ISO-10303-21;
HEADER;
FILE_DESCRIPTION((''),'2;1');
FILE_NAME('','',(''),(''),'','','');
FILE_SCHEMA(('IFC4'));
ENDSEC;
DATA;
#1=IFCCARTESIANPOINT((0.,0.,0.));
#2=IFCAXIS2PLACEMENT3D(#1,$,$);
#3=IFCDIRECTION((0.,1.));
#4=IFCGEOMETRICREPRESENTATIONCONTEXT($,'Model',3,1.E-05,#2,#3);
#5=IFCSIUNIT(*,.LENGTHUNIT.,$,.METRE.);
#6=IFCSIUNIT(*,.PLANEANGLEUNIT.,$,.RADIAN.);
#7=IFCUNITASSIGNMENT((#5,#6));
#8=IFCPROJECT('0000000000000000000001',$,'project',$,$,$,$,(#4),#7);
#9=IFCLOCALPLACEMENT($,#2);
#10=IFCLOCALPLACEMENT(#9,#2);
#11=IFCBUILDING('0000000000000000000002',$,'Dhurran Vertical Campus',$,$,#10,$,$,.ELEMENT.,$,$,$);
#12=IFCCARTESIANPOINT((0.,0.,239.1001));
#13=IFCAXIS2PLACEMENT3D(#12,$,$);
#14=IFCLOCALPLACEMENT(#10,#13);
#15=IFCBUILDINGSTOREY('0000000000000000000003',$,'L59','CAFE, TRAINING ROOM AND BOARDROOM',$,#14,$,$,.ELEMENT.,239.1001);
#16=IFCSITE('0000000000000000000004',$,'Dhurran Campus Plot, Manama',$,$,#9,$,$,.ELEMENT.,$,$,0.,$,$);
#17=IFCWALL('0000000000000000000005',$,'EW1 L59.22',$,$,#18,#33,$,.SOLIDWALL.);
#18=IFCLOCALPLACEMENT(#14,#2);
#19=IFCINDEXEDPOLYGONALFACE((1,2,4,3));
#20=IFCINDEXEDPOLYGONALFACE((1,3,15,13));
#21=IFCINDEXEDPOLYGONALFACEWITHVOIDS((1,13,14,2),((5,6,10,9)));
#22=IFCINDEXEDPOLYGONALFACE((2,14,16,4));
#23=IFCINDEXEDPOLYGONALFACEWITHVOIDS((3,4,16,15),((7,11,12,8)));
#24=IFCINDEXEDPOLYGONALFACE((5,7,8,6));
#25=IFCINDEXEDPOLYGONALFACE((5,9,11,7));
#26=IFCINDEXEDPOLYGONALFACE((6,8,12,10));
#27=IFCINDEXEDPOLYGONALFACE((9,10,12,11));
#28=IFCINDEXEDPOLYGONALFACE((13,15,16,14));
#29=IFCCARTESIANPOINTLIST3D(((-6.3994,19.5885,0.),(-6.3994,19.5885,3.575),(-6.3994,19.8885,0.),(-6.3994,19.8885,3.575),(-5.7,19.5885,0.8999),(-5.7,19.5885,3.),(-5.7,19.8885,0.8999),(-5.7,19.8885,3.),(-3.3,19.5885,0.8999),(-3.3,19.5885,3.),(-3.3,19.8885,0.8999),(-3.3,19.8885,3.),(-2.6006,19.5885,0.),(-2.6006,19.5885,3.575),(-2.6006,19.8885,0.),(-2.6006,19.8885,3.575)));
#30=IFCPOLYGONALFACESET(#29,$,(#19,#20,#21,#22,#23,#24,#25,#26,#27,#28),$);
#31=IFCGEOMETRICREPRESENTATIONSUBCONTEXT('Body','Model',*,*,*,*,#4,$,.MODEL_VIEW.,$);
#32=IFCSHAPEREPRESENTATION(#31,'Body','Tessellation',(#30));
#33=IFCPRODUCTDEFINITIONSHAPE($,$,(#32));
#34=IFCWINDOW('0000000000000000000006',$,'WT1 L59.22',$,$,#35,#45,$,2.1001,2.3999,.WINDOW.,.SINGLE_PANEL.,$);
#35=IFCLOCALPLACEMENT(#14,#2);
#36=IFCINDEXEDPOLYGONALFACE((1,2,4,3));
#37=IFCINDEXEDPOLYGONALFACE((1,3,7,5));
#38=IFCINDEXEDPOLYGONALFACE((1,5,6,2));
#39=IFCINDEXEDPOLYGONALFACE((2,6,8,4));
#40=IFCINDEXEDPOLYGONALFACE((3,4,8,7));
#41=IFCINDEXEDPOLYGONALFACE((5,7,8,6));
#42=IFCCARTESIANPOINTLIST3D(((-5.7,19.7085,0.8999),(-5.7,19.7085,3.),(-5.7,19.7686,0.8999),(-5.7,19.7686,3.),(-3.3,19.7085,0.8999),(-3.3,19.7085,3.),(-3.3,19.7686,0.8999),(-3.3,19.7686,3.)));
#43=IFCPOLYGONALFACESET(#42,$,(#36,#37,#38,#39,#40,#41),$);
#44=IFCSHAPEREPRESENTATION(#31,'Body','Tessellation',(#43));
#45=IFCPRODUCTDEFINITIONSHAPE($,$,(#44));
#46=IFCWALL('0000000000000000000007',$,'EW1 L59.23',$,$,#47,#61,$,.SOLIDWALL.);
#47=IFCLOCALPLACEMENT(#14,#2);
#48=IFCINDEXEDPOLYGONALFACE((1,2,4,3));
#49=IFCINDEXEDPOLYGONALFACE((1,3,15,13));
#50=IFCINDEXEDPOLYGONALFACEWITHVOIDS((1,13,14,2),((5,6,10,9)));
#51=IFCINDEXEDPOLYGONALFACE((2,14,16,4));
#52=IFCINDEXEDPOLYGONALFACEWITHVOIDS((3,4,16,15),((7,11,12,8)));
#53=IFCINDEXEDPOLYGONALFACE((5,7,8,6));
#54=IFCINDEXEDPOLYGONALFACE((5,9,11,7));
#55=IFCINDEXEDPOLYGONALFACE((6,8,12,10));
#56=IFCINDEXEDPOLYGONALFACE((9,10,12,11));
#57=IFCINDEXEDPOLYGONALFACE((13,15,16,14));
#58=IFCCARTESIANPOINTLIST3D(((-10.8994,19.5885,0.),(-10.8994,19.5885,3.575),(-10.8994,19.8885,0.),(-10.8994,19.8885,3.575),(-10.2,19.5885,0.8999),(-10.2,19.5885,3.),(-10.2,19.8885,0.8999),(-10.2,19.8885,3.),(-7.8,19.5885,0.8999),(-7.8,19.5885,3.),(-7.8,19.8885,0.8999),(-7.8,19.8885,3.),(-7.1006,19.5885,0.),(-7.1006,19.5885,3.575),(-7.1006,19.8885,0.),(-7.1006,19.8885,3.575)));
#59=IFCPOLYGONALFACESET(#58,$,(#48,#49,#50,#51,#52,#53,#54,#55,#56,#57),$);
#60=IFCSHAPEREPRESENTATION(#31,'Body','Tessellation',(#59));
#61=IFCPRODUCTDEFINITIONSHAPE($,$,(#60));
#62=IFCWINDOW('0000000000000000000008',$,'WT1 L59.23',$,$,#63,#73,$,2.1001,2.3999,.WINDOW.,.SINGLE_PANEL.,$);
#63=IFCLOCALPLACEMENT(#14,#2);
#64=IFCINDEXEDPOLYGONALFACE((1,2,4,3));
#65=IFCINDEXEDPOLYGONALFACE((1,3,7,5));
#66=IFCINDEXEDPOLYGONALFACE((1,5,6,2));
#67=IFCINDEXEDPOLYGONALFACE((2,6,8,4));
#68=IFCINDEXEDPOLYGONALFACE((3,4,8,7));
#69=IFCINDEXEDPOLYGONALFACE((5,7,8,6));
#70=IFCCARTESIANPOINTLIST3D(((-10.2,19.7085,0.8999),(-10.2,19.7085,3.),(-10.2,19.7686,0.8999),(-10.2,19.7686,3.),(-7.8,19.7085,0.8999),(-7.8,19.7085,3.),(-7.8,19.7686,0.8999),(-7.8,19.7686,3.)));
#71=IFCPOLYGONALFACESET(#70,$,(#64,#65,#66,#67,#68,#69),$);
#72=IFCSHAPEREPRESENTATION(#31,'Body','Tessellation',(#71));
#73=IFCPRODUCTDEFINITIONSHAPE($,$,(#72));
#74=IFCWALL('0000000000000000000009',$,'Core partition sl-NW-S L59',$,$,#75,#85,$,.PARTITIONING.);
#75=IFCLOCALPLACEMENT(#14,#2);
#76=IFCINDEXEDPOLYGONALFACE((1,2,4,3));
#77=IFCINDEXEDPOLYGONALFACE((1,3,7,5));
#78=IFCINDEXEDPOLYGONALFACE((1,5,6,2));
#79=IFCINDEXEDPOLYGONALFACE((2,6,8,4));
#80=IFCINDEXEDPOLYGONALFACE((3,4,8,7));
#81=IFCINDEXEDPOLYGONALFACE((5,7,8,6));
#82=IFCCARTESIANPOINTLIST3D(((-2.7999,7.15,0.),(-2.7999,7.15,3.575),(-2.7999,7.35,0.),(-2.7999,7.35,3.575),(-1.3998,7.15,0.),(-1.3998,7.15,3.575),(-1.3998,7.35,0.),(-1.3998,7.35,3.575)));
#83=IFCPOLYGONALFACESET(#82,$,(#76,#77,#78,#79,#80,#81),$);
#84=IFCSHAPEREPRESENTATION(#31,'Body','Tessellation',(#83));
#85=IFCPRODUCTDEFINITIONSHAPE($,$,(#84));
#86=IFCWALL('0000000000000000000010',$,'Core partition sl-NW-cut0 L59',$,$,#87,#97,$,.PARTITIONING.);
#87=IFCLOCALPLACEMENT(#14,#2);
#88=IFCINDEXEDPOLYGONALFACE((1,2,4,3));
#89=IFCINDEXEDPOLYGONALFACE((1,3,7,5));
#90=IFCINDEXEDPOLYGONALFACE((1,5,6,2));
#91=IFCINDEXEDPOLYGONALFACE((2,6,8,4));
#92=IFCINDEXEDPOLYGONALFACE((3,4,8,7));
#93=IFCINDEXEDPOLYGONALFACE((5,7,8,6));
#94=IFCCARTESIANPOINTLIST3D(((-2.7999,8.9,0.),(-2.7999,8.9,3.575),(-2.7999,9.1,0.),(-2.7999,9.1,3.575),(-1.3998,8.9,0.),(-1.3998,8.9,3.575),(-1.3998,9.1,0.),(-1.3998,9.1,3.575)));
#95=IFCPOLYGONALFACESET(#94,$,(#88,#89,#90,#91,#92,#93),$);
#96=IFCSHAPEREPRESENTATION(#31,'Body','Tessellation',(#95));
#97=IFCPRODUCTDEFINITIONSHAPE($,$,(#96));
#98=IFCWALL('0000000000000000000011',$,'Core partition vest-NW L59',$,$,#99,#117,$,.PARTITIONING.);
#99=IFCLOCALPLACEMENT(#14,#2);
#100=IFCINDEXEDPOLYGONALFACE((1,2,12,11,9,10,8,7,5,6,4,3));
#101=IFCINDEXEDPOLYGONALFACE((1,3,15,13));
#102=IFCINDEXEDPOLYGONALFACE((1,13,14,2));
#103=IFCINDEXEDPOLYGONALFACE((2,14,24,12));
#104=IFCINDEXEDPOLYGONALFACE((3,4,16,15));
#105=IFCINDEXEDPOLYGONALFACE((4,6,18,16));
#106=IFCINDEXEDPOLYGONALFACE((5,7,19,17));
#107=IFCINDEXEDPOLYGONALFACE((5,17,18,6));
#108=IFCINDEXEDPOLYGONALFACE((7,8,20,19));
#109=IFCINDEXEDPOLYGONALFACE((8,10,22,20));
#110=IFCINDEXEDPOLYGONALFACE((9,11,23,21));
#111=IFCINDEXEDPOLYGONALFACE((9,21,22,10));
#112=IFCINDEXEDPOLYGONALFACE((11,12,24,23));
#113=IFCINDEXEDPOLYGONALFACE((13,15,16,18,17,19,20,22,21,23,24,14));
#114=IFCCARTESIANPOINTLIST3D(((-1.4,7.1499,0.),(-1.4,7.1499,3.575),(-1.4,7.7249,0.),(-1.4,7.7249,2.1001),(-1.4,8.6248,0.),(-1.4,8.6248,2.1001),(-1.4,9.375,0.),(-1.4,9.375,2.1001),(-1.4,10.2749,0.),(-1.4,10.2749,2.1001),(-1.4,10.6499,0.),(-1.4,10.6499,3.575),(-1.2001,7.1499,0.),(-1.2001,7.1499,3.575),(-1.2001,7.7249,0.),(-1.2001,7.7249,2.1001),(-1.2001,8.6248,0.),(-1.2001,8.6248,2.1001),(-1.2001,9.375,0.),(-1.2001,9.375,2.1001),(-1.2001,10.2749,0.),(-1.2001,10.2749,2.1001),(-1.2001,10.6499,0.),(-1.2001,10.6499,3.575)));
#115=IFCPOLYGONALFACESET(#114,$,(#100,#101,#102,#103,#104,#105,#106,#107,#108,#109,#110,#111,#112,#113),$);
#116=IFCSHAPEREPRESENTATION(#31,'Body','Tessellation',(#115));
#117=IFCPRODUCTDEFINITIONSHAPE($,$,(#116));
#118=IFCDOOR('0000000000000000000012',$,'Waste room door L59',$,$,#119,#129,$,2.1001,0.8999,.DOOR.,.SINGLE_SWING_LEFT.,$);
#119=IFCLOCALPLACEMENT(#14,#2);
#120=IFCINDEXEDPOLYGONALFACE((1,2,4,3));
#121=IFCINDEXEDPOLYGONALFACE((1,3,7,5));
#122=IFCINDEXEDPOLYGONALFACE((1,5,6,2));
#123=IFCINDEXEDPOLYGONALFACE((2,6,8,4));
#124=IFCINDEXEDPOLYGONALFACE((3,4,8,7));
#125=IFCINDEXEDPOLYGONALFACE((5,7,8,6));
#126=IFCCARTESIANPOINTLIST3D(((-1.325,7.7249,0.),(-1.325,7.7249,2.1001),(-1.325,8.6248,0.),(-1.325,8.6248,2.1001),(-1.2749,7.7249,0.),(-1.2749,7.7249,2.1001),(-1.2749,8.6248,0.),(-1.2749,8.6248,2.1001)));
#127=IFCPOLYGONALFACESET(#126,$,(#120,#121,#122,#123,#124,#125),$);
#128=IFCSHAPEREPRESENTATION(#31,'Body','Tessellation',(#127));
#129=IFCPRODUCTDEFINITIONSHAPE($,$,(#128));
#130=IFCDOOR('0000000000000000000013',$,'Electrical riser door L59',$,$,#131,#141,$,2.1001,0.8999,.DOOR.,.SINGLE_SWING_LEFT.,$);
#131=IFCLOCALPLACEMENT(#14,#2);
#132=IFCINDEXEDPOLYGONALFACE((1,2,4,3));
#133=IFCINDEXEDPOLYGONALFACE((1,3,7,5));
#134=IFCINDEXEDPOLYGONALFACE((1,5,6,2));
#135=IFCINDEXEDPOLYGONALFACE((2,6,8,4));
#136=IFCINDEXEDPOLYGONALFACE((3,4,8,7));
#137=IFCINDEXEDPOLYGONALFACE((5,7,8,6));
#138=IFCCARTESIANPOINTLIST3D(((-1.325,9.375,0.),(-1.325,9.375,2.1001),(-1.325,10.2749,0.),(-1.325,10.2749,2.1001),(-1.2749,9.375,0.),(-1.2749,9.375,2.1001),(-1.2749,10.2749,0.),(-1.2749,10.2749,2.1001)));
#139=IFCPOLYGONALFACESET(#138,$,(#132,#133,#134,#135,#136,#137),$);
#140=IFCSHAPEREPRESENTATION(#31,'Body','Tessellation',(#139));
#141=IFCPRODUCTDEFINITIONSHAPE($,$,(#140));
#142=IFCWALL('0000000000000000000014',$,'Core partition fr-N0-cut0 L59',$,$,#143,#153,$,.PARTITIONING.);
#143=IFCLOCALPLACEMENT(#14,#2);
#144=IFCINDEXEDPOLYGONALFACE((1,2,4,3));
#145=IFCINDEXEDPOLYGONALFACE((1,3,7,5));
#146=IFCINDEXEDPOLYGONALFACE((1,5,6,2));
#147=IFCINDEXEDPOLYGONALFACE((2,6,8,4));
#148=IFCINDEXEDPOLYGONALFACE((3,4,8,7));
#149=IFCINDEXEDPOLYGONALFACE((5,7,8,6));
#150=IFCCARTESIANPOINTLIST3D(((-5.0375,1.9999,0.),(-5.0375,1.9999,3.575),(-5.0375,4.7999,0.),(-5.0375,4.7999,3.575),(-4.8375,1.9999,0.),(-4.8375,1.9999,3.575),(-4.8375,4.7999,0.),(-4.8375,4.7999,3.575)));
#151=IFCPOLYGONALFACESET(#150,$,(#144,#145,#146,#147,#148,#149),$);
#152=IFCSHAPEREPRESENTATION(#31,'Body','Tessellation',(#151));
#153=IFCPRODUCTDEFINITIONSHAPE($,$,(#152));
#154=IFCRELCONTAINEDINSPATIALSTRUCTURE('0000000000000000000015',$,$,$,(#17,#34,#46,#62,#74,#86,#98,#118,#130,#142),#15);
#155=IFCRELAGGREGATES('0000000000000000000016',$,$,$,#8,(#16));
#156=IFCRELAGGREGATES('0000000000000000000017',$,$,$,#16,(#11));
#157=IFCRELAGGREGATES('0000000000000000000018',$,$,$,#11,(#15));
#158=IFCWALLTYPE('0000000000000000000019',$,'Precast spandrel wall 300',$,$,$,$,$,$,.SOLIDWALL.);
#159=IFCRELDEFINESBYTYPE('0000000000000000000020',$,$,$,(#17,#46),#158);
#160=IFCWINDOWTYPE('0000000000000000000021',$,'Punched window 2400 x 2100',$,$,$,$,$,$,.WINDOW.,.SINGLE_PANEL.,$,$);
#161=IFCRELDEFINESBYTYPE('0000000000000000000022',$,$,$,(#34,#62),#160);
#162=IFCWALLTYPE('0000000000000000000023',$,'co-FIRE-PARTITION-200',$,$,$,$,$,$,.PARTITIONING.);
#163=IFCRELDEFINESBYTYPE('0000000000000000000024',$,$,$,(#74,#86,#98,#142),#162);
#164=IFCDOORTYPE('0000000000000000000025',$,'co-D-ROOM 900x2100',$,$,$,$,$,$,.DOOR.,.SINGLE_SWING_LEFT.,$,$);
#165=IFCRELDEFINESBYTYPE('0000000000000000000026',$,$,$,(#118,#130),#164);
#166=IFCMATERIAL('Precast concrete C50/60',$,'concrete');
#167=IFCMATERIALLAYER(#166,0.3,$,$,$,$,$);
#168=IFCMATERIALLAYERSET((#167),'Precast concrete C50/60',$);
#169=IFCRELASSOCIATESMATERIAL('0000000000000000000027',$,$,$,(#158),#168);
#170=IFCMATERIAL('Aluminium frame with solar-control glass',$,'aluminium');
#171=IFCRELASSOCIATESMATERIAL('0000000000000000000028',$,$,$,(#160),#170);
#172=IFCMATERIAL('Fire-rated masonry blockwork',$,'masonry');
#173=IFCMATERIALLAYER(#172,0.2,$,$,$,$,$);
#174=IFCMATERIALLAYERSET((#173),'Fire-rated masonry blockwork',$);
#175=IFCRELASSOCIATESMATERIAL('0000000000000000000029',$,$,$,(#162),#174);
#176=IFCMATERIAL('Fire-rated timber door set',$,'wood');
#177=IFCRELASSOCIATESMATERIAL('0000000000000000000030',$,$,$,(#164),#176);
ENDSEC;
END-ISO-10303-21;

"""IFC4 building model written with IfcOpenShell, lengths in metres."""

from ifc_helpers import new_model, si_unit, direction, frame, frame_2d, origin, place, context, subcontext, project, spatial, rectangle, extrude, material, layer, layer_set, type_object, element, fill, save


model = new_model("IFC4")

# Units and contexts
model_context = context("Model", 3, precision=1e-05, world=origin(), true_north=direction((0.0, 1.0)))
body_context = subcontext(model_context, "Body", "Model", "MODEL_VIEW")
ifc_project = project(units=[si_unit("LENGTHUNIT", "METRE"), si_unit("PLANEANGLEUNIT", "RADIAN")], contexts=[model_context])

# Site, building, storey
site_placement = place(None, origin())
site = spatial("IfcSite", under=ifc_project, at=site_placement, Name="Dhurran Campus Plot, Manama", CompositionType="ELEMENT", RefElevation=0.0)
building_placement = place(site_placement, origin())
building = spatial("IfcBuilding", under=site, at=building_placement, Name="Dhurran Vertical Campus", CompositionType="ELEMENT")
storey_placement = place(building_placement, frame((0.0, 0.0, 239.1001)))
storey = spatial("IfcBuildingStorey", under=building, at=storey_placement, Name="L59", Description="CAFE, TRAINING ROOM AND BOARDROOM", CompositionType="ELEMENT", Elevation=239.1001)

# Walls, openings, windows
ifc_material_1 = material(Name="Precast concrete C50/60", Category="concrete")
ifc_layer_1 = layer(ifc_material_1, 0.3)
ifc_layer_set_1 = layer_set([ifc_layer_1], Name="Precast concrete C50/60")
wall_type_1 = type_object("IfcWallType", Name="Precast spandrel wall 300", PredefinedType="SOLIDWALL", material=ifc_layer_set_1)
wall_1_placement = place(storey_placement, frame((-2.6006, 19.7385, 0.0), z_axis=(0.0, 0.0, 1.0), x_axis=(-1.0, 0.0, 0.0)))
wall_1 = element("IfcWall", 1, at=wall_1_placement, inside=storey, type_object=wall_type_1, Name="EW1 L59.22", PredefinedType="SOLIDWALL", context=body_context, shape_type="SweptSolid", body=[
    extrude(rectangle(XDim=3.7988, YDim=0.3, at=frame_2d((1.8994, 0.0))), origin(), (0.0, 0.0, 1.0), 3.575),
])
opening_1_placement = place(wall_1_placement, frame((0.6995, 0.0, 0.8999)))
opening_1 = element("IfcOpeningElement", 2, at=opening_1_placement, cuts=wall_1, PredefinedType="OPENING", context=body_context, shape_type="SweptSolid", body=[
    extrude(rectangle(XDim=2.3999, YDim=2.1001, at=frame_2d((1.2, 1.05))), frame((0.0, 0.1599, 0.0), z_axis=(0.0, -1.0, 0.0), x_axis=(1.0, 0.0, 0.0)), (0.0, 0.0, 1.0), 0.3201),
])
ifc_material_2 = material(Name="Aluminium frame with solar-control glass", Category="aluminium")
window_type = type_object("IfcWindowType", Name="Punched window 2400 x 2100", PartitioningType="SINGLE_PANEL", PredefinedType="WINDOW", material=ifc_material_2)
window_1_placement = place(opening_1_placement, origin())
window_1 = element("IfcWindow", 3, at=window_1_placement, inside=storey, type_object=window_type, Name="WT1 L59.22", OverallHeight=2.1001, OverallWidth=2.3999, PartitioningType="SINGLE_PANEL", PredefinedType="WINDOW", context=body_context, shape_type="SweptSolid", body=[
    extrude(rectangle(XDim=2.3999, YDim=2.1001, at=frame_2d((1.2, 1.05))), frame((0.0, 0.03, 0.0), z_axis=(0.0, -1.0, 0.0), x_axis=(1.0, 0.0, 0.0)), (0.0, 0.0, 1.0), 0.0601),
])
fill(opening_1, window_1)
wall_2_placement = place(storey_placement, frame((-7.1006, 19.7385, 0.0), z_axis=(0.0, 0.0, 1.0), x_axis=(-1.0, 0.0, 0.0)))
wall_2 = element("IfcWall", 4, at=wall_2_placement, inside=storey, type_object=wall_type_1, Name="EW1 L59.23", PredefinedType="SOLIDWALL", context=body_context, shape_type="SweptSolid", body=[
    extrude(rectangle(XDim=3.7988, YDim=0.3, at=frame_2d((1.8994, 0.0))), origin(), (0.0, 0.0, 1.0), 3.575),
])
opening_2_placement = place(wall_2_placement, frame((0.6995, 0.0, 0.8999)))
opening_2 = element("IfcOpeningElement", 5, at=opening_2_placement, cuts=wall_2, PredefinedType="OPENING", context=body_context, shape_type="SweptSolid", body=[
    extrude(rectangle(XDim=2.3999, YDim=2.1001, at=frame_2d((1.2, 1.05))), frame((0.0, 0.1599, 0.0), z_axis=(0.0, -1.0, 0.0), x_axis=(1.0, 0.0, 0.0)), (0.0, 0.0, 1.0), 0.3201),
])
window_2_placement = place(opening_2_placement, origin())
window_2 = element("IfcWindow", 6, at=window_2_placement, inside=storey, type_object=window_type, Name="WT1 L59.23", OverallHeight=2.1001, OverallWidth=2.3999, PartitioningType="SINGLE_PANEL", PredefinedType="WINDOW", context=body_context, shape_type="SweptSolid", body=[
    extrude(rectangle(XDim=2.3999, YDim=2.1001, at=frame_2d((1.2, 1.05))), frame((0.0, 0.03, 0.0), z_axis=(0.0, -1.0, 0.0), x_axis=(1.0, 0.0, 0.0)), (0.0, 0.0, 1.0), 0.0601),
])
fill(opening_2, window_2)

# Walls
ifc_material_3 = material(Name="Fire-rated masonry blockwork", Category="masonry")
ifc_layer_2 = layer(ifc_material_3, 0.2)
ifc_layer_set_2 = layer_set([ifc_layer_2], Name="Fire-rated masonry blockwork")
wall_type_2 = type_object("IfcWallType", Name="co-FIRE-PARTITION-200", PredefinedType="PARTITIONING", material=ifc_layer_set_2)
for number, where, z_axis, x_axis, name in (
    (7, (-2.8, 7.25, 0.0), (0.0, 0.0, 1.0), (1.0, 0.0, 0.0), "Core partition sl-NW-S L59"),
    (8, (-2.8, 9.0, 0.0), (0.0, 0.0, 1.0), (1.0, 0.0, 0.0), "Core partition sl-NW-cut0 L59"),
):
    element("IfcWall", number, at=place(storey_placement, frame(where, z_axis=z_axis, x_axis=x_axis)), inside=storey, type_object=wall_type_2, Name=name, PredefinedType="PARTITIONING", context=body_context, shape_type="SweptSolid", body=[
        extrude(rectangle(XDim=1.4001, YDim=0.2, at=frame_2d((0.7002, 0.0))), origin(), (0.0, 0.0, 1.0), 3.575),
    ])

# Wall, openings, doors
wall_3_placement = place(storey_placement, frame((-1.3, 7.1499, 0.0), z_axis=(0.0, 0.0, 1.0), x_axis=(0.0, 1.0, 0.0)))
wall_3 = element("IfcWall", 9, at=wall_3_placement, inside=storey, type_object=wall_type_2, Name="Core partition vest-NW L59", PredefinedType="PARTITIONING", context=body_context, shape_type="SweptSolid", body=[
    extrude(rectangle(XDim=3.5, YDim=0.2, at=frame_2d((1.75, 0.0))), origin(), (0.0, 0.0, 1.0), 3.575),
])
opening_3_placement = place(wall_3_placement, frame((0.575, 0.0, 0.0)))
opening_3 = element("IfcOpeningElement", 10, at=opening_3_placement, cuts=wall_3, PredefinedType="OPENING", context=body_context, shape_type="SweptSolid", body=[
    extrude(rectangle(XDim=0.8999, YDim=2.1001, at=frame_2d((0.45, 1.05))), frame((0.0, 0.1099, 0.0), z_axis=(0.0, -1.0, 0.0), x_axis=(1.0, 0.0, 0.0)), (0.0, 0.0, 1.0), 0.22),
])
opening_4_placement = place(wall_3_placement, frame((2.2251, 0.0, 0.0)))
opening_4 = element("IfcOpeningElement", 11, at=opening_4_placement, cuts=wall_3, PredefinedType="OPENING", context=body_context, shape_type="SweptSolid", body=[
    extrude(rectangle(XDim=0.8999, YDim=2.1001, at=frame_2d((0.45, 1.05))), frame((0.0, 0.1099, 0.0), z_axis=(0.0, -1.0, 0.0), x_axis=(1.0, 0.0, 0.0)), (0.0, 0.0, 1.0), 0.22),
])
ifc_material_4 = material(Name="Fire-rated timber door set", Category="wood")
door_type_1 = type_object("IfcDoorType", Name="co-D-ROOM 900x2100", OperationType="SINGLE_SWING_LEFT", PredefinedType="DOOR", material=ifc_material_4)
door_1_placement = place(opening_3_placement, origin())
door_1 = element("IfcDoor", 12, at=door_1_placement, inside=storey, type_object=door_type_1, Name="Waste room door L59", OperationType="SINGLE_SWING_LEFT", OverallHeight=2.1001, OverallWidth=0.8999, PredefinedType="DOOR", context=body_context, shape_type="SweptSolid", body=[
    extrude(rectangle(XDim=0.8999, YDim=2.1001, at=frame_2d((0.45, 1.05))), frame((0.0, 0.0249, 0.0), z_axis=(0.0, -1.0, 0.0), x_axis=(1.0, 0.0, 0.0)), (0.0, 0.0, 1.0), 0.05),
])
fill(opening_3, door_1)
door_2_placement = place(opening_4_placement, origin())
door_2 = element("IfcDoor", 13, at=door_2_placement, inside=storey, type_object=door_type_1, Name="Electrical riser door L59", OperationType="SINGLE_SWING_LEFT", OverallHeight=2.1001, OverallWidth=0.8999, PredefinedType="DOOR", context=body_context, shape_type="SweptSolid", body=[
    extrude(rectangle(XDim=0.8999, YDim=2.1001, at=frame_2d((0.45, 1.05))), frame((0.0, 0.0249, 0.0), z_axis=(0.0, -1.0, 0.0), x_axis=(1.0, 0.0, 0.0)), (0.0, 0.0, 1.0), 0.05),
])
fill(opening_4, door_2)

# Wall
wall_4_placement = place(storey_placement, frame((-4.9375, 2.0, 0.0), z_axis=(0.0, 0.0, 1.0), x_axis=(0.0, 1.0, 0.0)))
element("IfcWall", 14, at=wall_4_placement, inside=storey, type_object=wall_type_2, Name="Core partition fr-N0-cut0 L59", PredefinedType="PARTITIONING", context=body_context, shape_type="SweptSolid", body=[
    extrude(rectangle(XDim=2.8, YDim=0.2, at=frame_2d((1.3999, 0.0))), origin(), (0.0, 0.0, 1.0), 3.575),
])

save(model, "model.ifc")
